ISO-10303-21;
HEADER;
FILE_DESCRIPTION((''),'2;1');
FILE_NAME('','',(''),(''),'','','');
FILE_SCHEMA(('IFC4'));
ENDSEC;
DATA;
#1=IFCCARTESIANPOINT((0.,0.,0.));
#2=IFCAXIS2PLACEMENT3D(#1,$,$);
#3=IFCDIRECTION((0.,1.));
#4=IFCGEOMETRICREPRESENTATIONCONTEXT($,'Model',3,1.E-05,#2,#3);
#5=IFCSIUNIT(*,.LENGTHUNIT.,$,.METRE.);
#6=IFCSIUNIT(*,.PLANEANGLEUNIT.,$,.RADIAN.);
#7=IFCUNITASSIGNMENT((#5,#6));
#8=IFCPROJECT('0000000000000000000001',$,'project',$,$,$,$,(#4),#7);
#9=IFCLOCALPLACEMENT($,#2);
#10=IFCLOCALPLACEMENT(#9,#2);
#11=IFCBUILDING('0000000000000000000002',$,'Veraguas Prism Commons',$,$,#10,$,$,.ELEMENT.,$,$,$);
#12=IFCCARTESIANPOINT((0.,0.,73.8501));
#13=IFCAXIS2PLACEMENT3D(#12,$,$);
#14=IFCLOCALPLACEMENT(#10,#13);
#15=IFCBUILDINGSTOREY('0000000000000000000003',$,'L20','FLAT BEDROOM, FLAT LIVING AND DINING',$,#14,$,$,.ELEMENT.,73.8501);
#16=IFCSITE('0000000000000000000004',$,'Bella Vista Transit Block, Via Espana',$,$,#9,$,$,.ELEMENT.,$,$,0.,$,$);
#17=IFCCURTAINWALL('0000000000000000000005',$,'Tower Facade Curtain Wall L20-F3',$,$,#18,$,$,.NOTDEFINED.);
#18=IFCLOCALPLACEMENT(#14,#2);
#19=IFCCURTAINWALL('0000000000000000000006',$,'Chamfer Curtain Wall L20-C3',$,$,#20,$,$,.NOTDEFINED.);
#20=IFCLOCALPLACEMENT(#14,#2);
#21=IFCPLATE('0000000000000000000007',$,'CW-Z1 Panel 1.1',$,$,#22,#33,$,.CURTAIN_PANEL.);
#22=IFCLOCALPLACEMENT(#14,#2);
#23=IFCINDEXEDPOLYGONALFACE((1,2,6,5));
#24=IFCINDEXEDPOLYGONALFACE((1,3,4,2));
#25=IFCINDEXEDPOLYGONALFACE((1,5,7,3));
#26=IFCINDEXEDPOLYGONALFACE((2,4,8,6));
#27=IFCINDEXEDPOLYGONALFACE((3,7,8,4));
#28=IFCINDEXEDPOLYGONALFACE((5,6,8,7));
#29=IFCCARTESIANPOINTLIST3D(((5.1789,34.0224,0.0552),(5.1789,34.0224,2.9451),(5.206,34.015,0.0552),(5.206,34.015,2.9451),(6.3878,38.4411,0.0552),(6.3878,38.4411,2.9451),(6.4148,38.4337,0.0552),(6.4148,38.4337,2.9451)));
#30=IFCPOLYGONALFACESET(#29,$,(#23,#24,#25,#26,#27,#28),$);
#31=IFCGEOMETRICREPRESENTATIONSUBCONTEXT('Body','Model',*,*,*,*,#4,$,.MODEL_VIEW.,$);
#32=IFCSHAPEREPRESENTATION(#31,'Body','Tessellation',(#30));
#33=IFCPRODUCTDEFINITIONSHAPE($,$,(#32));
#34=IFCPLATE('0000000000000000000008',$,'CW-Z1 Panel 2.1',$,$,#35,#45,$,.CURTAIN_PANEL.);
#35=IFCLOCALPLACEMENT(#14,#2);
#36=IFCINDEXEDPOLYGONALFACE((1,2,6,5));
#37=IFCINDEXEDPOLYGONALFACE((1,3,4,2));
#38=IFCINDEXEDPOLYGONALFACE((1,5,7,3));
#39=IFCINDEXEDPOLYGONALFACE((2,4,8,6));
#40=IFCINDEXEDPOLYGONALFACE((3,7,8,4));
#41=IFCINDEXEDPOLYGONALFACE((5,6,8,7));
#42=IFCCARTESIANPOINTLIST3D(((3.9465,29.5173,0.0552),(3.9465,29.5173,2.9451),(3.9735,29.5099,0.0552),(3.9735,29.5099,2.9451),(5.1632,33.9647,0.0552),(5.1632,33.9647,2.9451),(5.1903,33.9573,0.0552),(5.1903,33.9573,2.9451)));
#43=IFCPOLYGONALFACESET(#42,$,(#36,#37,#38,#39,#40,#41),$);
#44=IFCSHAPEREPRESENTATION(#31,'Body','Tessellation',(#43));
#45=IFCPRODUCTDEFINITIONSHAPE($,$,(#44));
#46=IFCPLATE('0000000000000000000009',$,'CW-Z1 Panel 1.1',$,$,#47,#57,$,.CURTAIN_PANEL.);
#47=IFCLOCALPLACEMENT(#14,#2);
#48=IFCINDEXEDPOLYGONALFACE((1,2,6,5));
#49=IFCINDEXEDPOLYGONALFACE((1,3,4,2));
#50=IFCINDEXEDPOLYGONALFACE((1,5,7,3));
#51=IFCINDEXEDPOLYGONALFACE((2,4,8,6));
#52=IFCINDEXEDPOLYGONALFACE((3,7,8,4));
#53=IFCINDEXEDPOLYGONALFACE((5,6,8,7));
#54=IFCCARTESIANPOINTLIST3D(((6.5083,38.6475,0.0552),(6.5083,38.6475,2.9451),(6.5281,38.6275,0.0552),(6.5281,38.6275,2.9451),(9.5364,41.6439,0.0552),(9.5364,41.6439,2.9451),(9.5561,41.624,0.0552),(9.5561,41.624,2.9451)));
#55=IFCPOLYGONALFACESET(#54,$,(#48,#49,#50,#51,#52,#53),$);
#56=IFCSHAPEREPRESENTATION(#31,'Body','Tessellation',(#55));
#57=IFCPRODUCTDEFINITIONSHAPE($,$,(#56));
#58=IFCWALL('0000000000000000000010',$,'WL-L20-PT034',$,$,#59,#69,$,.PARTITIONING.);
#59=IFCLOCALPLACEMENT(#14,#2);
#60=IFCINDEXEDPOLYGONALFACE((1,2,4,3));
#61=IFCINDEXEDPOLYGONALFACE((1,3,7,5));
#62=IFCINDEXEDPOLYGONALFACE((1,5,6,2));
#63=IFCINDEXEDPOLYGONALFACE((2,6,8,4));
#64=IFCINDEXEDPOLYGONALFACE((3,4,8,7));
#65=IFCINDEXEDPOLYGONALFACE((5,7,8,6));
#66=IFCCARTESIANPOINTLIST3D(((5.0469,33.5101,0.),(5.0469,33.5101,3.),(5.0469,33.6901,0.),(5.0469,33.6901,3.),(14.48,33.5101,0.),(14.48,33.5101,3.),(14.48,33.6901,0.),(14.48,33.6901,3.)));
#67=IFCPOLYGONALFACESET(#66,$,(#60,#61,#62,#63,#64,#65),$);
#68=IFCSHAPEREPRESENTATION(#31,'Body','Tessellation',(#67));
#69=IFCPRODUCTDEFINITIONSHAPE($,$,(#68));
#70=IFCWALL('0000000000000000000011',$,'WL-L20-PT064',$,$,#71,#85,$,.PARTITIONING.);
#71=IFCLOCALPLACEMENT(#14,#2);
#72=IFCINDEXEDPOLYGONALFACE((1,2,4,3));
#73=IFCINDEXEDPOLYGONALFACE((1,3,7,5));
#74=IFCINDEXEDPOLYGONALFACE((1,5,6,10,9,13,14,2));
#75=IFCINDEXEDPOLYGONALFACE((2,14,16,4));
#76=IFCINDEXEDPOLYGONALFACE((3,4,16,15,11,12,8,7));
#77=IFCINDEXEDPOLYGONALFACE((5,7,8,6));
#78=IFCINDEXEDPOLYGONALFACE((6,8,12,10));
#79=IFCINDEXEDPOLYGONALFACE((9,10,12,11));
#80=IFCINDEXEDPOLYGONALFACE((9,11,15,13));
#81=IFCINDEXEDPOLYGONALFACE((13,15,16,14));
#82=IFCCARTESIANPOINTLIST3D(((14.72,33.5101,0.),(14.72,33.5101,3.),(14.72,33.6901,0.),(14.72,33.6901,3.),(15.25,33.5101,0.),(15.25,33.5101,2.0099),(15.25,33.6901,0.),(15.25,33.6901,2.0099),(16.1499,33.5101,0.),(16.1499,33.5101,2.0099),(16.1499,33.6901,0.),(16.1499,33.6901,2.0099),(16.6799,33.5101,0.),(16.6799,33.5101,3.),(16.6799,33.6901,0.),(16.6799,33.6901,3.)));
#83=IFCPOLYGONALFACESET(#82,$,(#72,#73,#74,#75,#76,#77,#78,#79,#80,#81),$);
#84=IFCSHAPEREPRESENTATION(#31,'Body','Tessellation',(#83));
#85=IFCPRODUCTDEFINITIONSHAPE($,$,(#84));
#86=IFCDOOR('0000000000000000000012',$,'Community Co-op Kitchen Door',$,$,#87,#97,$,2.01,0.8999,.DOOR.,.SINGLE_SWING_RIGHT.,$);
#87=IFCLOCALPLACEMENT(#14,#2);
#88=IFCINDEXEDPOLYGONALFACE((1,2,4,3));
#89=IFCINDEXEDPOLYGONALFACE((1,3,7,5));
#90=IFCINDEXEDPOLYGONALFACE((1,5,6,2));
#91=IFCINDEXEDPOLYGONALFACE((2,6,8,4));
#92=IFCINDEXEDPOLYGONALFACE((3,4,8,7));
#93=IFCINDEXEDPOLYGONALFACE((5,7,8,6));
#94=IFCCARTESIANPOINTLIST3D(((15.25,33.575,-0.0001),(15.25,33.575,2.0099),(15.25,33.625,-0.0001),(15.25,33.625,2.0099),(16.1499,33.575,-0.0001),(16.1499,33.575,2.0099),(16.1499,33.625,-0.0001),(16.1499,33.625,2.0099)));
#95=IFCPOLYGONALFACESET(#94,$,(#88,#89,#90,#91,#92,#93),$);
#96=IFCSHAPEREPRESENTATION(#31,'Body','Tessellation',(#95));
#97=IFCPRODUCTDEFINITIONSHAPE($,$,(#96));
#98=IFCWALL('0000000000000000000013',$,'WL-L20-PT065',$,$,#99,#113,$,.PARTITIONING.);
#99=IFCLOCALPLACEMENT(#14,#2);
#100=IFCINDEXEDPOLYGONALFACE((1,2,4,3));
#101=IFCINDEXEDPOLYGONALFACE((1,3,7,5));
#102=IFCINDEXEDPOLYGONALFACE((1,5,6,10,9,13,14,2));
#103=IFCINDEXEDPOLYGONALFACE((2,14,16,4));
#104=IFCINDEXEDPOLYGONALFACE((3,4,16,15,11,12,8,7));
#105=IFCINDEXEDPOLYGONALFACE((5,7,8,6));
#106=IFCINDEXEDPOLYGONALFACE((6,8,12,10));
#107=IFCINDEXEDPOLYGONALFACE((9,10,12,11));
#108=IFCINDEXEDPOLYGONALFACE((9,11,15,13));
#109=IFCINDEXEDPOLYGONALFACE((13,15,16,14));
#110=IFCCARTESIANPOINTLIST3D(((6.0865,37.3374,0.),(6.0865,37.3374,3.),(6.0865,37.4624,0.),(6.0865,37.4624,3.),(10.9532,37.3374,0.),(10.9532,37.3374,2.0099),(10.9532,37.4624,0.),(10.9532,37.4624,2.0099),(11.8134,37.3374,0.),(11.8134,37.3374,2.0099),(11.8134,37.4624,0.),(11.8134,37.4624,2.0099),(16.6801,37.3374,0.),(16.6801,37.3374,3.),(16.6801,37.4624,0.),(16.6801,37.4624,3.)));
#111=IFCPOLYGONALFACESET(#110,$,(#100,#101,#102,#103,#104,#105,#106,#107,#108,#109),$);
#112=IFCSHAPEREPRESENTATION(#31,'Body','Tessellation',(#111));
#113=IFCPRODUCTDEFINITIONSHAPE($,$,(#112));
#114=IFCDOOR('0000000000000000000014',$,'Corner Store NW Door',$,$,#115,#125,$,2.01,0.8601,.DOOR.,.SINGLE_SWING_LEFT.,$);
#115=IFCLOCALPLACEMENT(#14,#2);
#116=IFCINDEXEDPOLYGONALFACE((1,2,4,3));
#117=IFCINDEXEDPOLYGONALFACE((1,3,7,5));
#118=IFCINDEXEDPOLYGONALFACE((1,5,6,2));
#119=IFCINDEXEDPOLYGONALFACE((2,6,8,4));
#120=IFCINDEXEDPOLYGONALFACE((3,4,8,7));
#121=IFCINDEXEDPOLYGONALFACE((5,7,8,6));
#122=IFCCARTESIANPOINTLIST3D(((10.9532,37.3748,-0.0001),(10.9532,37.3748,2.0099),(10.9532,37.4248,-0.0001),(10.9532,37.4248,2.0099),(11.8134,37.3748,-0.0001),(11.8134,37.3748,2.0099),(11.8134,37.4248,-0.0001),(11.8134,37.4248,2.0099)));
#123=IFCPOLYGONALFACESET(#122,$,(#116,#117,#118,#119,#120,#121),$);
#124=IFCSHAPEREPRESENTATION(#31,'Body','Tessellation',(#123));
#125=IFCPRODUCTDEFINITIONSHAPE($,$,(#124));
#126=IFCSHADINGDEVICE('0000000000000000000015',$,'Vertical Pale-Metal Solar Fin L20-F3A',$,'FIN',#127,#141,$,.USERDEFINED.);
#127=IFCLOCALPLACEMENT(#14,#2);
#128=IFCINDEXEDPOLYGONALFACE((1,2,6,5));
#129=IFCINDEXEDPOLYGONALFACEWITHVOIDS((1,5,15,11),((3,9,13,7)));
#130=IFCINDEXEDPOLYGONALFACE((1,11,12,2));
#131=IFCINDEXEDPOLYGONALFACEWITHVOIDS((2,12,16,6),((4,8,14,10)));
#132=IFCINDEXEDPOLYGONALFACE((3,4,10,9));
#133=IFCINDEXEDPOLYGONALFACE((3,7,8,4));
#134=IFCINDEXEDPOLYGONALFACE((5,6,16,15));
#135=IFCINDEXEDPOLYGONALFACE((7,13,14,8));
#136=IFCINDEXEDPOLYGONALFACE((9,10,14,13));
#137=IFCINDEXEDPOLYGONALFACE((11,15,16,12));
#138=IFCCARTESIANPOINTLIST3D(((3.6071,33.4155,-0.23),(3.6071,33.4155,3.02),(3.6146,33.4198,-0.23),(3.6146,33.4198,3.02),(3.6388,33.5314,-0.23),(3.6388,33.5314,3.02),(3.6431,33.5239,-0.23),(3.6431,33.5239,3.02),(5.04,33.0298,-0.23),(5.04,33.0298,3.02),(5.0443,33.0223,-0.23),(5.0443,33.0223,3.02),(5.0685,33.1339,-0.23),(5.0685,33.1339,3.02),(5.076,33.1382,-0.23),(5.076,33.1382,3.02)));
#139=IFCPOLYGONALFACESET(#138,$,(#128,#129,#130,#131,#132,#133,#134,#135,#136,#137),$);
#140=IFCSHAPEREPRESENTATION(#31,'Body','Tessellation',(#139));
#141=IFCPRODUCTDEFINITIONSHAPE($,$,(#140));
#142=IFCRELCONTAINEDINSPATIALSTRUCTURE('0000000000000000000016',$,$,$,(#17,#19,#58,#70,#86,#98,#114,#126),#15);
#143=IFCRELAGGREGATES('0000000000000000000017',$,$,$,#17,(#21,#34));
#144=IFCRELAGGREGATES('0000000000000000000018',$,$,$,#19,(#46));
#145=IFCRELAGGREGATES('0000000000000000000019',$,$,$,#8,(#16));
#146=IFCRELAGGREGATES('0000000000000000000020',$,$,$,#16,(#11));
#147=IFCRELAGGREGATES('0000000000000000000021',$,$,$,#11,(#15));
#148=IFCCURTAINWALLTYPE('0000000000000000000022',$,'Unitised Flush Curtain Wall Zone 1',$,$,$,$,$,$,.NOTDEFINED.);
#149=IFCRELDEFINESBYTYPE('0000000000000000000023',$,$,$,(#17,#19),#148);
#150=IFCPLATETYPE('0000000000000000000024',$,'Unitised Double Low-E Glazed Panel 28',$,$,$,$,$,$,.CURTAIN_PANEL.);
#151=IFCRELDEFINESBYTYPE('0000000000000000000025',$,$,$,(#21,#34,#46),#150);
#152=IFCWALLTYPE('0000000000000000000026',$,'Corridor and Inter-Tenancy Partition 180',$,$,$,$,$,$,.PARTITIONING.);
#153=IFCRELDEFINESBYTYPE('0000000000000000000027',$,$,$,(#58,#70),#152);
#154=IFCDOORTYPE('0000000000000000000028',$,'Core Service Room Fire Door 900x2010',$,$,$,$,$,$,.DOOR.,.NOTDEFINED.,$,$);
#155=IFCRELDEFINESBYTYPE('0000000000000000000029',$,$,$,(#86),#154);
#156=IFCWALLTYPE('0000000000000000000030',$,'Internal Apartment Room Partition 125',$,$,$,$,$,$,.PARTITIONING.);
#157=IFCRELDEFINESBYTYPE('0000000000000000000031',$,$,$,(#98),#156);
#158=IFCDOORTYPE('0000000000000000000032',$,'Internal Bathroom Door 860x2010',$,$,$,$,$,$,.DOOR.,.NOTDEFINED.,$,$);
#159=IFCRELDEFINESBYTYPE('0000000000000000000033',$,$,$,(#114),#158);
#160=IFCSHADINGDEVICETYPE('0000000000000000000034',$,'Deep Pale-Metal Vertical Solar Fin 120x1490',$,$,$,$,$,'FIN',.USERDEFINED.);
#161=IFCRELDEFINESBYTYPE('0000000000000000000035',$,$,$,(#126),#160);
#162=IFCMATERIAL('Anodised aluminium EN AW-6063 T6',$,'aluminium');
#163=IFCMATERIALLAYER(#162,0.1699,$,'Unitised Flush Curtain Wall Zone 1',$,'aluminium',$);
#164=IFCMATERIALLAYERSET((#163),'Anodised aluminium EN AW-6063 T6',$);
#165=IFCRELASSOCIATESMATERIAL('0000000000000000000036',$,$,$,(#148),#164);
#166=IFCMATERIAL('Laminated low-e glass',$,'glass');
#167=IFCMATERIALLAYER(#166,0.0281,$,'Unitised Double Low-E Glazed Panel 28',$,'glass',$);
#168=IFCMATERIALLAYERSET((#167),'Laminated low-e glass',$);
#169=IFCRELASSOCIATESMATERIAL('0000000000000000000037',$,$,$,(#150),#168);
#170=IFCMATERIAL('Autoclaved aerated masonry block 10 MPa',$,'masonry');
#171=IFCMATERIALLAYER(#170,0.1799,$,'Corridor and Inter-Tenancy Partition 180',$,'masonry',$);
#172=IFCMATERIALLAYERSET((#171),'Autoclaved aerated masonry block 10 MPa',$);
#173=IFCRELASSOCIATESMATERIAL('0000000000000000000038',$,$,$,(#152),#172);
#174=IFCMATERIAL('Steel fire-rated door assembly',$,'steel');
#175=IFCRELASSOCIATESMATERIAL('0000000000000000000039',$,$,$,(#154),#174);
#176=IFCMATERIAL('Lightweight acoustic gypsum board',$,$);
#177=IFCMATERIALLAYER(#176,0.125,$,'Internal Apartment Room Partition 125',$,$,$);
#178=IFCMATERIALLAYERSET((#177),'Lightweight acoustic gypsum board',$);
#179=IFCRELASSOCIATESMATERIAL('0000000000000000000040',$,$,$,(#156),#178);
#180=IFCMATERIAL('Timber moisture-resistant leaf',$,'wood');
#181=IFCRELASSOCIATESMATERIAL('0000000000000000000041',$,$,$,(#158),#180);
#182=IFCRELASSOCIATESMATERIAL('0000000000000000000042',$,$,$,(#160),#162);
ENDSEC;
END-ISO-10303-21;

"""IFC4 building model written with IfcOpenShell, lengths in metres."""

from ifc_helpers import new_model, si_unit, direction, frame, frame_2d, origin, origin_2d, place, context, subcontext, project, spatial, rectangle, hollow_rectangle, extrude, source, transform, mapped, material, layer, layer_set, material_profile, profile_set, type_object, element, fill, aggregate, save


model = new_model("IFC4")

# Units and contexts
model_context = context("Model", 3, precision=1e-05, world=origin(), true_north=direction((0.0, 1.0)))
body_context = subcontext(model_context, "Body", "Model", "MODEL_VIEW")
ifc_project = project(units=[si_unit("LENGTHUNIT", "METRE"), si_unit("PLANEANGLEUNIT", "RADIAN")], contexts=[model_context])

# Site, building, storey
site_placement = place(None, origin())
site = spatial("IfcSite", under=ifc_project, at=site_placement, Name="Bella Vista Transit Block, Via Espana", CompositionType="ELEMENT", RefElevation=0.0)
building_placement = place(site_placement, origin())
building = spatial("IfcBuilding", under=site, at=building_placement, Name="Veraguas Prism Commons", CompositionType="ELEMENT")
storey_placement = place(building_placement, frame((0.0, 0.0, 73.8501)))
storey = spatial("IfcBuildingStorey", under=building, at=storey_placement, Name="L20", Description="FLAT BEDROOM, FLAT LIVING AND DINING", CompositionType="ELEMENT", Elevation=73.8501)

# Curtain wall
ifc_material_1 = material(Name="Anodised aluminium EN AW-6063 T6", Category="aluminium")
ifc_layer_1 = layer(ifc_material_1, 0.1699, Name="Unitised Flush Curtain Wall Zone 1", Category="aluminium")
ifc_layer_set_1 = layer_set([ifc_layer_1], Name="Anodised aluminium EN AW-6063 T6")
curtain_wall_type = type_object("IfcCurtainWallType", Name="Unitised Flush Curtain Wall Zone 1", PredefinedType="NOTDEFINED", material=ifc_layer_set_1)
curtain_wall_1_placement = place(storey_placement, origin())
curtain_wall_1 = element("IfcCurtainWall", 1, at=curtain_wall_1_placement, inside=storey, type_object=curtain_wall_type, Name="Tower Facade Curtain Wall L20-F3", PredefinedType="NOTDEFINED")

# Curtain wall
curtain_wall_2_placement = place(storey_placement, origin())
curtain_wall_2 = element("IfcCurtainWall", 2, at=curtain_wall_2_placement, inside=storey, type_object=curtain_wall_type, Name="Chamfer Curtain Wall L20-C3", PredefinedType="NOTDEFINED")

# Plates
ifc_material_2 = material(Name="Laminated low-e glass", Category="glass")
ifc_layer_2 = layer(ifc_material_2, 0.0281, Name="Unitised Double Low-E Glazed Panel 28", Category="glass")
ifc_layer_set_2 = layer_set([ifc_layer_2], Name="Laminated low-e glass")
plate_type = type_object("IfcPlateType", Name="Unitised Double Low-E Glazed Panel 28", PredefinedType="CURTAIN_PANEL", material=ifc_layer_set_2)
shared_shape_1 = source(origin(), body_context, "Body", "SweptSolid", [
    extrude(rectangle(XDim=4.5811, YDim=0.0281, at=origin_2d()), origin(), (0.0, 0.0, 1.0), 2.8899),
])
plate_1_placement = place(storey_placement, frame((5.7969, 36.228, 0.0552), z_axis=(0.0, 0.0, 1.0), x_axis=(-0.26388, -0.964556, 0.0)))
plate_1 = element("IfcPlate", 3, at=plate_1_placement, type_object=plate_type, Name="CW-Z1 Panel 1.1", PredefinedType="CURTAIN_PANEL", context=body_context, shape_type="MappedRepresentation", body=[
    mapped(shared_shape_1, transform((0.0, 0.0, 0.0), scale=1.0)),
])
shared_shape_2 = source(origin(), body_context, "Body", "SweptSolid", [
    extrude(rectangle(XDim=4.6108, YDim=0.0281, at=origin_2d()), origin(), (0.0, 0.0, 1.0), 2.8899),
])
plate_2_placement = place(storey_placement, frame((4.5684, 31.7373, 0.0552), z_axis=(0.0, 0.0, 1.0), x_axis=(-0.26388, -0.964556, 0.0)))
plate_2 = element("IfcPlate", 4, at=plate_2_placement, type_object=plate_type, Name="CW-Z1 Panel 2.1", PredefinedType="CURTAIN_PANEL", context=body_context, shape_type="MappedRepresentation", body=[
    mapped(shared_shape_2, transform((0.0, 0.0, 0.0), scale=1.0)),
])
aggregate(curtain_wall_1, [plate_1, plate_2])
shared_shape_3 = source(origin(), body_context, "Body", "SweptSolid", [
    extrude(rectangle(XDim=4.26, YDim=0.0281, at=origin_2d()), origin(), (0.0, 0.0, 1.0), 2.8899),
])
plate_3_placement = place(storey_placement, frame((8.0322, 40.1357, 0.0552), z_axis=(0.0, 0.0, 1.0), x_axis=(-0.710807, -0.703387, 0.0)))
plate_3 = element("IfcPlate", 5, at=plate_3_placement, type_object=plate_type, Name="CW-Z1 Panel 1.1", PredefinedType="CURTAIN_PANEL", context=body_context, shape_type="MappedRepresentation", body=[
    mapped(shared_shape_3, transform((0.0, 0.0, 0.0), scale=1.0)),
])
aggregate(curtain_wall_2, [plate_3])

# Wall
ifc_material_3 = material(Name="Autoclaved aerated masonry block 10 MPa", Category="masonry")
ifc_layer_3 = layer(ifc_material_3, 0.1799, Name="Corridor and Inter-Tenancy Partition 180", Category="masonry")
ifc_layer_set_3 = layer_set([ifc_layer_3], Name="Autoclaved aerated masonry block 10 MPa")
wall_type_1 = type_object("IfcWallType", Name="Corridor and Inter-Tenancy Partition 180", PredefinedType="PARTITIONING", material=ifc_layer_set_3)
wall_1_placement = place(storey_placement, frame((14.48, 33.6001, 0.0), z_axis=(0.0, 0.0, 1.0), x_axis=(-1.0, 0.0, 0.0)))
element("IfcWall", 6, at=wall_1_placement, inside=storey, type_object=wall_type_1, Name="WL-L20-PT034", PredefinedType="PARTITIONING", context=body_context, shape_type="SweptSolid", body=[
    extrude(rectangle(XDim=9.4331, YDim=0.1799, at=frame_2d((4.7166, 0.0))), origin(), (0.0, 0.0, 1.0), 3.0),
])

# Walls, openings, doors
wall_2_placement = place(storey_placement, frame((14.72, 33.6001, 0.0), z_axis=(0.0, 0.0, 1.0), x_axis=(1.0, 0.0, 0.0)))
wall_2 = element("IfcWall", 7, at=wall_2_placement, inside=storey, type_object=wall_type_1, Name="WL-L20-PT064", PredefinedType="PARTITIONING", context=body_context, shape_type="SweptSolid", body=[
    extrude(rectangle(XDim=1.96, YDim=0.1799, at=frame_2d((0.98, 0.0))), origin(), (0.0, 0.0, 1.0), 3.0),
])
opening_1_placement = place(wall_2_placement, frame((0.53, 0.0, 0.0)))
opening_1 = element("IfcOpeningElement", 8, at=opening_1_placement, cuts=wall_2, PredefinedType="OPENING", context=body_context, shape_type="SweptSolid", body=[
    extrude(rectangle(XDim=0.8999, YDim=2.01, at=frame_2d((0.45, 1.0049))), frame((0.0, 0.0999, 0.0), z_axis=(0.0, -1.0, 0.0), x_axis=(1.0, 0.0, 0.0)), (0.0, 0.0, 1.0), 0.2),
])
ifc_material_4 = material(Name="Steel fire-rated door assembly", Category="steel")
door_type_1 = type_object("IfcDoorType", Name="Core Service Room Fire Door 900x2010", OperationType="NOTDEFINED", PredefinedType="DOOR", material=ifc_material_4)
shared_shape_4 = source(origin(), body_context, "Body", "SweptSolid", [
    extrude(rectangle(XDim=0.8999, YDim=2.01, at=frame_2d((0.45, 1.0049))), frame((0.0, 0.0249, 0.0), z_axis=(0.0, -1.0, 0.0), x_axis=(1.0, 0.0, 0.0)), (0.0, 0.0, 1.0), 0.05),
])
door_1_placement = place(opening_1_placement, origin())
door_1 = element("IfcDoor", 9, at=door_1_placement, inside=storey, type_object=door_type_1, Name="Community Co-op Kitchen Door", OperationType="SINGLE_SWING_RIGHT", OverallHeight=2.01, OverallWidth=0.8999, PredefinedType="DOOR", context=body_context, shape_type="MappedRepresentation", body=[
    mapped(shared_shape_4, transform((0.0, 0.0, 0.0), scale=1.0)),
])
fill(opening_1, door_1)
ifc_material_5 = material(Name="Lightweight acoustic gypsum board")
ifc_layer_4 = layer(ifc_material_5, 0.125, Name="Internal Apartment Room Partition 125")
ifc_layer_set_4 = layer_set([ifc_layer_4], Name="Lightweight acoustic gypsum board")
wall_type_2 = type_object("IfcWallType", Name="Internal Apartment Room Partition 125", PredefinedType="PARTITIONING", material=ifc_layer_set_4)
wall_3_placement = place(storey_placement, frame((6.0864, 37.3999, 0.0), z_axis=(0.0, 0.0, 1.0), x_axis=(1.0, 0.0, 0.0)))
wall_3 = element("IfcWall", 10, at=wall_3_placement, inside=storey, type_object=wall_type_2, Name="WL-L20-PT065", PredefinedType="PARTITIONING", context=body_context, shape_type="SweptSolid", body=[
    extrude(rectangle(XDim=10.5935, YDim=0.125, at=frame_2d((5.2969, 0.0))), origin(), (0.0, 0.0, 1.0), 3.0),
])
opening_2_placement = place(wall_3_placement, frame((4.8667, 0.0, 0.0)))
opening_2 = element("IfcOpeningElement", 11, at=opening_2_placement, cuts=wall_3, PredefinedType="OPENING", context=body_context, shape_type="SweptSolid", body=[
    extrude(rectangle(XDim=0.8601, YDim=2.01, at=frame_2d((0.4302, 1.0049))), frame((0.0, 0.0725, 0.0), z_axis=(0.0, -1.0, 0.0), x_axis=(1.0, 0.0, 0.0)), (0.0, 0.0, 1.0), 0.145),
])
ifc_material_6 = material(Name="Timber moisture-resistant leaf", Category="wood")
door_type_2 = type_object("IfcDoorType", Name="Internal Bathroom Door 860x2010", OperationType="NOTDEFINED", PredefinedType="DOOR", material=ifc_material_6)
shared_shape_5 = source(origin(), body_context, "Body", "SweptSolid", [
    extrude(rectangle(XDim=0.8601, YDim=2.01, at=frame_2d((0.4302, 1.0049))), frame((0.0, 0.0249, 0.0), z_axis=(0.0, -1.0, 0.0), x_axis=(1.0, 0.0, 0.0)), (0.0, 0.0, 1.0), 0.05),
])
door_2_placement = place(opening_2_placement, origin())
door_2 = element("IfcDoor", 12, at=door_2_placement, inside=storey, type_object=door_type_2, Name="Corner Store NW Door", OperationType="SINGLE_SWING_LEFT", OverallHeight=2.01, OverallWidth=0.8601, PredefinedType="DOOR", context=body_context, shape_type="MappedRepresentation", body=[
    mapped(shared_shape_5, transform((0.0, 0.0, 0.0), scale=1.0)),
])
fill(opening_2, door_2)

# Shading device
ifc_material_profile_1 = material_profile(ifc_material_1, hollow_rectangle(XDim=0.1201, YDim=1.49, WallThickness=0.0061, at=origin_2d()), Name="FIN120X1490X6")
ifc_profile_set_1 = profile_set([ifc_material_profile_1], Name="Anodised aluminium EN AW-6063 T6")
shading_device_type = type_object("IfcShadingDeviceType", Name="Deep Pale-Metal Vertical Solar Fin 120x1490", ElementType="FIN", PredefinedType="USERDEFINED", material=ifc_profile_set_1)
shading_device_placement = place(storey_placement, frame((4.3416, 33.2769, -0.23), z_axis=(0.0, 0.0, 1.0), x_axis=(-0.263876, -0.964556, 0.0)))
element("IfcShadingDevice", 13, at=shading_device_placement, inside=storey, type_object=shading_device_type, Name="Vertical Pale-Metal Solar Fin L20-F3A", ObjectType="FIN", PredefinedType="USERDEFINED", context=body_context, shape_type="SweptSolid", body=[
    extrude(hollow_rectangle(XDim=0.1201, YDim=1.49, WallThickness=0.0061, at=origin_2d()), origin(), (0.0, 0.0, 1.0), 3.25),
])

save(model, "model.ifc")
